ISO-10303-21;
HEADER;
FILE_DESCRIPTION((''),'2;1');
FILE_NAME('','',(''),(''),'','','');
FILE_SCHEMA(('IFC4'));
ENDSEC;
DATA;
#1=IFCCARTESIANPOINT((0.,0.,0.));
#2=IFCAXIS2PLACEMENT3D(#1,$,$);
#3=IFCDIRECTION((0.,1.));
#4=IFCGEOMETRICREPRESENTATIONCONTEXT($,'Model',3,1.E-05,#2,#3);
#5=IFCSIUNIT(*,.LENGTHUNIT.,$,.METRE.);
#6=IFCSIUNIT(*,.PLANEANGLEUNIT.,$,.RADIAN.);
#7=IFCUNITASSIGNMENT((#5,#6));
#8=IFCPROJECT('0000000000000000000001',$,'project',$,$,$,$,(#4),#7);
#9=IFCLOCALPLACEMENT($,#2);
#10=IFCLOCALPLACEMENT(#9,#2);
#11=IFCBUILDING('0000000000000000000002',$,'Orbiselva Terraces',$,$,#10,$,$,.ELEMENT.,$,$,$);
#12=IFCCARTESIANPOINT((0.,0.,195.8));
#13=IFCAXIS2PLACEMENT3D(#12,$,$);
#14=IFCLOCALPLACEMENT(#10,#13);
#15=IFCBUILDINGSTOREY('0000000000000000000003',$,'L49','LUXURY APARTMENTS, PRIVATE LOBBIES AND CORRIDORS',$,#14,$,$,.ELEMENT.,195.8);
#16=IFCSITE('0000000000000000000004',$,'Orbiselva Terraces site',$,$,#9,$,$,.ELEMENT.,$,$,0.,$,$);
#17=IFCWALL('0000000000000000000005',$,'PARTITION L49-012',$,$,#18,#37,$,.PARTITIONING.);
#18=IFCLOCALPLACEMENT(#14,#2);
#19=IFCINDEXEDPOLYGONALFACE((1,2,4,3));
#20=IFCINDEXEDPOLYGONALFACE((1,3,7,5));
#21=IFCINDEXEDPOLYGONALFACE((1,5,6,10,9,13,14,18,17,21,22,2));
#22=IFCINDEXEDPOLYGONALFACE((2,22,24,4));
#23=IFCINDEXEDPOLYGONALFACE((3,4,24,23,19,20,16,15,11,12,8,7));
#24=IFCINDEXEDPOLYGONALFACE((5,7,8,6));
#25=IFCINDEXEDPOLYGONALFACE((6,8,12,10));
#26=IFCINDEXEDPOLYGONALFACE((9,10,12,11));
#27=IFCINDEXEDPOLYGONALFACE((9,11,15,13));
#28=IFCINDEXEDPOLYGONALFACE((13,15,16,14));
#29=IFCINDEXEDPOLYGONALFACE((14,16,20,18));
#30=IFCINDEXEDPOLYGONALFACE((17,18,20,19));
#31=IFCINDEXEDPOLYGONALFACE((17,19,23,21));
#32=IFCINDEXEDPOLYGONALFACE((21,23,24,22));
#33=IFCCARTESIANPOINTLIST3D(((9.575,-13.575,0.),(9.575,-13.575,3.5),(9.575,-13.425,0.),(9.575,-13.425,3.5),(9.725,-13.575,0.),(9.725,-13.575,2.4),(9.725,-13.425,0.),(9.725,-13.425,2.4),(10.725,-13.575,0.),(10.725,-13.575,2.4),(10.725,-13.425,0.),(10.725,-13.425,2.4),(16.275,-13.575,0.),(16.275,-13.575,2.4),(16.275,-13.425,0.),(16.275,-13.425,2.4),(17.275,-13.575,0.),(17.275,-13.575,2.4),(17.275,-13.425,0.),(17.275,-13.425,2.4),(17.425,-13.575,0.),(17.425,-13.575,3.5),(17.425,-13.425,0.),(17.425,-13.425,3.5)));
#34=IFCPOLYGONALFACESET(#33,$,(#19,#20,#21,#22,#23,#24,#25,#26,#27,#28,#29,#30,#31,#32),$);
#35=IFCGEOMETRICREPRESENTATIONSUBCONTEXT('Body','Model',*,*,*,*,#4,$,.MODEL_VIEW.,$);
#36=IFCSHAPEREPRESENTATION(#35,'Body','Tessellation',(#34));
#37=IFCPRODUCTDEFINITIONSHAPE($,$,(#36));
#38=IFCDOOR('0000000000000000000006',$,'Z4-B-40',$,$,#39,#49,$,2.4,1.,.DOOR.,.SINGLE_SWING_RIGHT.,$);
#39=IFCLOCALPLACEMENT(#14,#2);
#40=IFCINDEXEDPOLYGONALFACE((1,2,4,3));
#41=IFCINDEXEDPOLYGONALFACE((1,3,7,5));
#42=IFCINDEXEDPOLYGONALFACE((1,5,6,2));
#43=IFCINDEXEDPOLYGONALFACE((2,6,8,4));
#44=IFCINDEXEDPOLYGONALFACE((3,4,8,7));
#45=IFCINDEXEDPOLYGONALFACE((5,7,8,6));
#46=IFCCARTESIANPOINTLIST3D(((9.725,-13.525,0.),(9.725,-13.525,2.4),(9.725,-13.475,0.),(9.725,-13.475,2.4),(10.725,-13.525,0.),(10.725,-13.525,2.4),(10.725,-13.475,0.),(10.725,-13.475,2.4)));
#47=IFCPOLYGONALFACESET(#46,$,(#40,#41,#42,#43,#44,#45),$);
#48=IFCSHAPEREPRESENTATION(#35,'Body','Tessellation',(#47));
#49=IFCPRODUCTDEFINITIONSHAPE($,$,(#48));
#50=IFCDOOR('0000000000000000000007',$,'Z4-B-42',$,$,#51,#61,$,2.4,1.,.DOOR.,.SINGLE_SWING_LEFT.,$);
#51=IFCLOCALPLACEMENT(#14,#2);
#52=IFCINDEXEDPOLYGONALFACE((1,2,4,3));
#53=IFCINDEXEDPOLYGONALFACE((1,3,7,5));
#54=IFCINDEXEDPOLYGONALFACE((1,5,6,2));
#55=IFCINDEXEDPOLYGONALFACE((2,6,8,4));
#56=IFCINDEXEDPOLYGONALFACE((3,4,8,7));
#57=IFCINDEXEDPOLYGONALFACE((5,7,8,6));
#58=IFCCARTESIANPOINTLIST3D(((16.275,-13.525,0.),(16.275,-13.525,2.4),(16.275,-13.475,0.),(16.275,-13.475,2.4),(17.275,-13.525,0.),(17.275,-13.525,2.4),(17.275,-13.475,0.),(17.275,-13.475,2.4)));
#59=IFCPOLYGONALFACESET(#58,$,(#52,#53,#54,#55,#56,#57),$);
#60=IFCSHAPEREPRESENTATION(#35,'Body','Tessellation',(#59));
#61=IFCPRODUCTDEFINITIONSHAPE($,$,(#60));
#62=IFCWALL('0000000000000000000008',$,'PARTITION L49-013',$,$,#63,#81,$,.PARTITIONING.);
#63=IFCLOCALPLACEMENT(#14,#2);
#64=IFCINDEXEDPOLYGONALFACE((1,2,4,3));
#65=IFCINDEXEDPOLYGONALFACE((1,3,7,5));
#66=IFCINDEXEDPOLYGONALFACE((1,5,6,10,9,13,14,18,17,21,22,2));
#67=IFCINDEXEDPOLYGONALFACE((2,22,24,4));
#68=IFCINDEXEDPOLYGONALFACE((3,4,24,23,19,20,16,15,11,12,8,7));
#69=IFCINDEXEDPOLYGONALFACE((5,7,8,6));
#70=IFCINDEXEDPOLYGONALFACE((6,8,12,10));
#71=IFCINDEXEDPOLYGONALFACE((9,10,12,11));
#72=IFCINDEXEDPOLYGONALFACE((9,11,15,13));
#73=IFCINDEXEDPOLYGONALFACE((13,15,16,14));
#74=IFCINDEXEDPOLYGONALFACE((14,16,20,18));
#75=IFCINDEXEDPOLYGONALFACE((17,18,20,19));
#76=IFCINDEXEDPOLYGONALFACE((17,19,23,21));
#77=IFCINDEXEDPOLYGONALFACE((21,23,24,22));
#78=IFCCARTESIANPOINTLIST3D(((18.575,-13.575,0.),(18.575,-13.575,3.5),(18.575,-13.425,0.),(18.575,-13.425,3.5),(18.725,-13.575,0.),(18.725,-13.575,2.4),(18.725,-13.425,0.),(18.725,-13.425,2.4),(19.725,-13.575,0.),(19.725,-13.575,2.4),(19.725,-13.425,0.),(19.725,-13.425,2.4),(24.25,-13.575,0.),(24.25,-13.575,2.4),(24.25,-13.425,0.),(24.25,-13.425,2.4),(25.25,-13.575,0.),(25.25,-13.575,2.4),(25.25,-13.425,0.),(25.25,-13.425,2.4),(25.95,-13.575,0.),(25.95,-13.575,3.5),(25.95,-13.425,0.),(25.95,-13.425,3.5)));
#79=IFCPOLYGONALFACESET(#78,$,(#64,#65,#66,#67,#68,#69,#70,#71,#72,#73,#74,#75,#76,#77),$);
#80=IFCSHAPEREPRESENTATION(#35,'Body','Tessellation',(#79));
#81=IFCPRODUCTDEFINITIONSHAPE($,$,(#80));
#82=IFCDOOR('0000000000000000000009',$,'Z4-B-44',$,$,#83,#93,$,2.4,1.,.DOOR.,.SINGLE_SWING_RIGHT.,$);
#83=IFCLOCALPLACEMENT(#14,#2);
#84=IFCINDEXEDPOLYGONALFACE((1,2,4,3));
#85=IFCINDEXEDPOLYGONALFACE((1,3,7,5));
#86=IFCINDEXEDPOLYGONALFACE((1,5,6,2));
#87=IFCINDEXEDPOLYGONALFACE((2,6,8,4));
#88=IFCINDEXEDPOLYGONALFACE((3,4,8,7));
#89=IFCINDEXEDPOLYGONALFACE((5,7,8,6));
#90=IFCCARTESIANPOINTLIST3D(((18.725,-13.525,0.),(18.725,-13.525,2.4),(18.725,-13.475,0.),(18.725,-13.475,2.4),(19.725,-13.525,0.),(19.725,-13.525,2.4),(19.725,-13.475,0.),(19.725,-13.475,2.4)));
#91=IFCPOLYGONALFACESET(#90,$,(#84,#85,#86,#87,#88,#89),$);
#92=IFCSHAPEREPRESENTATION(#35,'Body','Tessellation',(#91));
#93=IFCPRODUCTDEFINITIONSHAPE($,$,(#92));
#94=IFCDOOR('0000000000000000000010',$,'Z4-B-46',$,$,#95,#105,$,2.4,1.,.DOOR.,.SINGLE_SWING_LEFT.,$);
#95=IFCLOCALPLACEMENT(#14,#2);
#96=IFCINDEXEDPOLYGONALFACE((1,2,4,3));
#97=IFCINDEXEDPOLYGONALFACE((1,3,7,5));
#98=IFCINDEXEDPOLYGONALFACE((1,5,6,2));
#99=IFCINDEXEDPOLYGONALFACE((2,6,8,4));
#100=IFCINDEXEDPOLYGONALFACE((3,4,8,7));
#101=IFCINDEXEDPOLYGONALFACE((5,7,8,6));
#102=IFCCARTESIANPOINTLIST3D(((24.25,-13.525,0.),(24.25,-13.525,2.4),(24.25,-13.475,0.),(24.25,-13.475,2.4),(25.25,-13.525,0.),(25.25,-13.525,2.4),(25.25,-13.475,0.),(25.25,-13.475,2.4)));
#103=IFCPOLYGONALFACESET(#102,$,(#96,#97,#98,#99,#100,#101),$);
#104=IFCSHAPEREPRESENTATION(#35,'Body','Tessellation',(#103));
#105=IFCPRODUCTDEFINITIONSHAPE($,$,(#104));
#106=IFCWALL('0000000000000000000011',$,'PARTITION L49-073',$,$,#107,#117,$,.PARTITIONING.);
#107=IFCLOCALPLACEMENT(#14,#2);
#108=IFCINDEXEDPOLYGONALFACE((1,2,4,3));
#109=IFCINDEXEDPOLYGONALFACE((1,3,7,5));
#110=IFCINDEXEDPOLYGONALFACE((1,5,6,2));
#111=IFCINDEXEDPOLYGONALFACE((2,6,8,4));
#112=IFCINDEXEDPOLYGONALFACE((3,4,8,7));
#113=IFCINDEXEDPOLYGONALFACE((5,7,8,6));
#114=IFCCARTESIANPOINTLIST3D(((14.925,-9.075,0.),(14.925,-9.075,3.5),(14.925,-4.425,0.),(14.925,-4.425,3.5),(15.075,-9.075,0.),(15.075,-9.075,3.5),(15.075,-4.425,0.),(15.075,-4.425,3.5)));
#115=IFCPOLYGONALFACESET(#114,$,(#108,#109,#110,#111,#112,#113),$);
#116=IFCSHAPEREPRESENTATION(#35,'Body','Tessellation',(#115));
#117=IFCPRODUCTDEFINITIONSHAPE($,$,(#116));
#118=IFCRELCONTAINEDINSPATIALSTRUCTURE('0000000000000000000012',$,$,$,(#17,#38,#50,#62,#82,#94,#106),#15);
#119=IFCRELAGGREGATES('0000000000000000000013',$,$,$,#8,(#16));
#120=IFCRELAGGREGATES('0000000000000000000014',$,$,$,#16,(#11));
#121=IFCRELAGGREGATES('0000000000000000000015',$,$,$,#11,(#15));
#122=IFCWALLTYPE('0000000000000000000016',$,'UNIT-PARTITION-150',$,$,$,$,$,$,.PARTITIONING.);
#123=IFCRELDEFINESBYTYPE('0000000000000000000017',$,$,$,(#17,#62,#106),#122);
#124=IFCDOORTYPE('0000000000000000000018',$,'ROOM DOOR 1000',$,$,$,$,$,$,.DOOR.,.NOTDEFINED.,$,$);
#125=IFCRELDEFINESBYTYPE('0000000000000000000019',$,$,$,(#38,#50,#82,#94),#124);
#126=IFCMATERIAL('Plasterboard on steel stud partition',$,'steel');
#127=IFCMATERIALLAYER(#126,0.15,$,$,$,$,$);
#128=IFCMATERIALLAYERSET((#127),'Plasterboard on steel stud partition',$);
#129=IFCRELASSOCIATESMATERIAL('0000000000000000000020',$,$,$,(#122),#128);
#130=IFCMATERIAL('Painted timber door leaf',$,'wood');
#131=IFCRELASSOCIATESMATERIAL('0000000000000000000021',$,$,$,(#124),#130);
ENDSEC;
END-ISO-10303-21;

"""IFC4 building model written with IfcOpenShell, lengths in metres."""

from ifc_helpers import new_model, si_unit, direction, frame, frame_2d, origin, place, context, subcontext, project, spatial, rectangle, extrude, material, layer, layer_set, type_object, element, fill, save


model = new_model("IFC4")

# Units and contexts
model_context = context("Model", 3, precision=1e-05, world=origin(), true_north=direction((0.0, 1.0)))
body_context = subcontext(model_context, "Body", "Model", "MODEL_VIEW")
ifc_project = project(units=[si_unit("LENGTHUNIT", "METRE"), si_unit("PLANEANGLEUNIT", "RADIAN")], contexts=[model_context])

# Site, building, storey
site_placement = place(None, origin())
site = spatial("IfcSite", under=ifc_project, at=site_placement, Name="Orbiselva Terraces site", CompositionType="ELEMENT", RefElevation=0.0)
building_placement = place(site_placement, origin())
building = spatial("IfcBuilding", under=site, at=building_placement, Name="Orbiselva Terraces", CompositionType="ELEMENT")
storey_placement = place(building_placement, frame((0.0, 0.0, 195.8)))
storey = spatial("IfcBuildingStorey", under=building, at=storey_placement, Name="L49", Description="LUXURY APARTMENTS, PRIVATE LOBBIES AND CORRIDORS", CompositionType="ELEMENT", Elevation=195.8)

# Shared definitions
ifc_material_1 = material(Name="Plasterboard on steel stud partition", Category="steel")
ifc_layer_1 = layer(ifc_material_1, 0.15)
ifc_layer_set_1 = layer_set([ifc_layer_1], Name="Plasterboard on steel stud partition")
wall_type_1 = type_object("IfcWallType", Name="UNIT-PARTITION-150", PredefinedType="PARTITIONING", material=ifc_layer_set_1)
ifc_material_2 = material(Name="Painted timber door leaf", Category="wood")

# Walls, openings, doors
wall_1_placement = place(storey_placement, frame((17.425, -13.5, 0.0), z_axis=(0.0, 0.0, 1.0), x_axis=(-1.0, 0.0, 0.0)))
wall_1 = element("IfcWall", 1, at=wall_1_placement, inside=storey, type_object=wall_type_1, Name="PARTITION L49-012", PredefinedType="PARTITIONING", context=body_context, shape_type="SweptSolid", body=[
    extrude(rectangle(XDim=7.85, YDim=0.15, at=frame_2d((3.925, 0.0))), origin(), (0.0, 0.0, 1.0), 3.5),
])
opening_1_placement = place(wall_1_placement, frame((6.7, 0.0, 0.0)))
opening_1 = element("IfcOpeningElement", 2, at=opening_1_placement, cuts=wall_1, PredefinedType="OPENING", context=body_context, shape_type="SweptSolid", body=[
    extrude(rectangle(XDim=1.0, YDim=2.4, at=frame_2d((0.5, 1.2))), frame((0.0, 0.085, 0.0), z_axis=(0.0, -1.0, 0.0), x_axis=(1.0, 0.0, 0.0)), (0.0, 0.0, 1.0), 0.17),
])
opening_2_placement = place(wall_1_placement, frame((0.15, 0.0, 0.0)))
opening_2 = element("IfcOpeningElement", 3, at=opening_2_placement, cuts=wall_1, PredefinedType="OPENING", context=body_context, shape_type="SweptSolid", body=[
    extrude(rectangle(XDim=1.0, YDim=2.4, at=frame_2d((0.5, 1.2))), frame((0.0, 0.085, 0.0), z_axis=(0.0, -1.0, 0.0), x_axis=(1.0, 0.0, 0.0)), (0.0, 0.0, 1.0), 0.17),
])
door_type_1 = type_object("IfcDoorType", Name="ROOM DOOR 1000", OperationType="NOTDEFINED", PredefinedType="DOOR", material=ifc_material_2)
door_1_placement = place(opening_1_placement, origin())
door_1 = element("IfcDoor", 4, at=door_1_placement, inside=storey, type_object=door_type_1, Name="Z4-B-40", OperationType="SINGLE_SWING_RIGHT", OverallHeight=2.4, OverallWidth=1.0, PredefinedType="DOOR", context=body_context, shape_type="SweptSolid", body=[
    extrude(rectangle(XDim=1.0, YDim=2.4, at=frame_2d((0.5, 1.2))), frame((0.0, 0.025, 0.0), z_axis=(0.0, -1.0, 0.0), x_axis=(1.0, 0.0, 0.0)), (0.0, 0.0, 1.0), 0.05),
])
fill(opening_1, door_1)
door_2_placement = place(opening_2_placement, origin())
door_2 = element("IfcDoor", 5, at=door_2_placement, inside=storey, type_object=door_type_1, Name="Z4-B-42", OperationType="SINGLE_SWING_LEFT", OverallHeight=2.4, OverallWidth=1.0, PredefinedType="DOOR", context=body_context, shape_type="SweptSolid", body=[
    extrude(rectangle(XDim=1.0, YDim=2.4, at=frame_2d((0.5, 1.2))), frame((0.0, 0.025, 0.0), z_axis=(0.0, -1.0, 0.0), x_axis=(1.0, 0.0, 0.0)), (0.0, 0.0, 1.0), 0.05),
])
fill(opening_2, door_2)
wall_2_placement = place(storey_placement, frame((25.95, -13.5, 0.0), z_axis=(0.0, 0.0, 1.0), x_axis=(-1.0, 0.0, 0.0)))
wall_2 = element("IfcWall", 6, at=wall_2_placement, inside=storey, type_object=wall_type_1, Name="PARTITION L49-013", PredefinedType="PARTITIONING", context=body_context, shape_type="SweptSolid", body=[
    extrude(rectangle(XDim=7.375, YDim=0.15, at=frame_2d((3.6875, 0.0))), origin(), (0.0, 0.0, 1.0), 3.5),
])
opening_3_placement = place(wall_2_placement, frame((6.225, 0.0, 0.0)))
opening_3 = element("IfcOpeningElement", 7, at=opening_3_placement, cuts=wall_2, PredefinedType="OPENING", context=body_context, shape_type="SweptSolid", body=[
    extrude(rectangle(XDim=1.0, YDim=2.4, at=frame_2d((0.5, 1.2))), frame((0.0, 0.085, 0.0), z_axis=(0.0, -1.0, 0.0), x_axis=(1.0, 0.0, 0.0)), (0.0, 0.0, 1.0), 0.17),
])
opening_4_placement = place(wall_2_placement, frame((0.7, 0.0, 0.0)))
opening_4 = element("IfcOpeningElement", 8, at=opening_4_placement, cuts=wall_2, PredefinedType="OPENING", context=body_context, shape_type="SweptSolid", body=[
    extrude(rectangle(XDim=1.0, YDim=2.4, at=frame_2d((0.5, 1.2))), frame((0.0, 0.085, 0.0), z_axis=(0.0, -1.0, 0.0), x_axis=(1.0, 0.0, 0.0)), (0.0, 0.0, 1.0), 0.17),
])
door_3_placement = place(opening_3_placement, origin())
door_3 = element("IfcDoor", 9, at=door_3_placement, inside=storey, type_object=door_type_1, Name="Z4-B-44", OperationType="SINGLE_SWING_RIGHT", OverallHeight=2.4, OverallWidth=1.0, PredefinedType="DOOR", context=body_context, shape_type="SweptSolid", body=[
    extrude(rectangle(XDim=1.0, YDim=2.4, at=frame_2d((0.5, 1.2))), frame((0.0, 0.025, 0.0), z_axis=(0.0, -1.0, 0.0), x_axis=(1.0, 0.0, 0.0)), (0.0, 0.0, 1.0), 0.05),
])
fill(opening_3, door_3)
door_4_placement = place(opening_4_placement, origin())
door_4 = element("IfcDoor", 10, at=door_4_placement, inside=storey, type_object=door_type_1, Name="Z4-B-46", OperationType="SINGLE_SWING_LEFT", OverallHeight=2.4, OverallWidth=1.0, PredefinedType="DOOR", context=body_context, shape_type="SweptSolid", body=[
    extrude(rectangle(XDim=1.0, YDim=2.4, at=frame_2d((0.5, 1.2))), frame((0.0, 0.025, 0.0), z_axis=(0.0, -1.0, 0.0), x_axis=(1.0, 0.0, 0.0)), (0.0, 0.0, 1.0), 0.05),
])
fill(opening_4, door_4)

# Wall
wall_3_placement = place(storey_placement, frame((15.0, -9.075, 0.0), z_axis=(0.0, 0.0, 1.0), x_axis=(0.0, 1.0, 0.0)))
element("IfcWall", 11, at=wall_3_placement, inside=storey, type_object=wall_type_1, Name="PARTITION L49-073", PredefinedType="PARTITIONING", context=body_context, shape_type="SweptSolid", body=[
    extrude(rectangle(XDim=4.65, YDim=0.15, at=frame_2d((2.325, 0.0))), origin(), (0.0, 0.0, 1.0), 3.5),
])

save(model, "model.ifc")
